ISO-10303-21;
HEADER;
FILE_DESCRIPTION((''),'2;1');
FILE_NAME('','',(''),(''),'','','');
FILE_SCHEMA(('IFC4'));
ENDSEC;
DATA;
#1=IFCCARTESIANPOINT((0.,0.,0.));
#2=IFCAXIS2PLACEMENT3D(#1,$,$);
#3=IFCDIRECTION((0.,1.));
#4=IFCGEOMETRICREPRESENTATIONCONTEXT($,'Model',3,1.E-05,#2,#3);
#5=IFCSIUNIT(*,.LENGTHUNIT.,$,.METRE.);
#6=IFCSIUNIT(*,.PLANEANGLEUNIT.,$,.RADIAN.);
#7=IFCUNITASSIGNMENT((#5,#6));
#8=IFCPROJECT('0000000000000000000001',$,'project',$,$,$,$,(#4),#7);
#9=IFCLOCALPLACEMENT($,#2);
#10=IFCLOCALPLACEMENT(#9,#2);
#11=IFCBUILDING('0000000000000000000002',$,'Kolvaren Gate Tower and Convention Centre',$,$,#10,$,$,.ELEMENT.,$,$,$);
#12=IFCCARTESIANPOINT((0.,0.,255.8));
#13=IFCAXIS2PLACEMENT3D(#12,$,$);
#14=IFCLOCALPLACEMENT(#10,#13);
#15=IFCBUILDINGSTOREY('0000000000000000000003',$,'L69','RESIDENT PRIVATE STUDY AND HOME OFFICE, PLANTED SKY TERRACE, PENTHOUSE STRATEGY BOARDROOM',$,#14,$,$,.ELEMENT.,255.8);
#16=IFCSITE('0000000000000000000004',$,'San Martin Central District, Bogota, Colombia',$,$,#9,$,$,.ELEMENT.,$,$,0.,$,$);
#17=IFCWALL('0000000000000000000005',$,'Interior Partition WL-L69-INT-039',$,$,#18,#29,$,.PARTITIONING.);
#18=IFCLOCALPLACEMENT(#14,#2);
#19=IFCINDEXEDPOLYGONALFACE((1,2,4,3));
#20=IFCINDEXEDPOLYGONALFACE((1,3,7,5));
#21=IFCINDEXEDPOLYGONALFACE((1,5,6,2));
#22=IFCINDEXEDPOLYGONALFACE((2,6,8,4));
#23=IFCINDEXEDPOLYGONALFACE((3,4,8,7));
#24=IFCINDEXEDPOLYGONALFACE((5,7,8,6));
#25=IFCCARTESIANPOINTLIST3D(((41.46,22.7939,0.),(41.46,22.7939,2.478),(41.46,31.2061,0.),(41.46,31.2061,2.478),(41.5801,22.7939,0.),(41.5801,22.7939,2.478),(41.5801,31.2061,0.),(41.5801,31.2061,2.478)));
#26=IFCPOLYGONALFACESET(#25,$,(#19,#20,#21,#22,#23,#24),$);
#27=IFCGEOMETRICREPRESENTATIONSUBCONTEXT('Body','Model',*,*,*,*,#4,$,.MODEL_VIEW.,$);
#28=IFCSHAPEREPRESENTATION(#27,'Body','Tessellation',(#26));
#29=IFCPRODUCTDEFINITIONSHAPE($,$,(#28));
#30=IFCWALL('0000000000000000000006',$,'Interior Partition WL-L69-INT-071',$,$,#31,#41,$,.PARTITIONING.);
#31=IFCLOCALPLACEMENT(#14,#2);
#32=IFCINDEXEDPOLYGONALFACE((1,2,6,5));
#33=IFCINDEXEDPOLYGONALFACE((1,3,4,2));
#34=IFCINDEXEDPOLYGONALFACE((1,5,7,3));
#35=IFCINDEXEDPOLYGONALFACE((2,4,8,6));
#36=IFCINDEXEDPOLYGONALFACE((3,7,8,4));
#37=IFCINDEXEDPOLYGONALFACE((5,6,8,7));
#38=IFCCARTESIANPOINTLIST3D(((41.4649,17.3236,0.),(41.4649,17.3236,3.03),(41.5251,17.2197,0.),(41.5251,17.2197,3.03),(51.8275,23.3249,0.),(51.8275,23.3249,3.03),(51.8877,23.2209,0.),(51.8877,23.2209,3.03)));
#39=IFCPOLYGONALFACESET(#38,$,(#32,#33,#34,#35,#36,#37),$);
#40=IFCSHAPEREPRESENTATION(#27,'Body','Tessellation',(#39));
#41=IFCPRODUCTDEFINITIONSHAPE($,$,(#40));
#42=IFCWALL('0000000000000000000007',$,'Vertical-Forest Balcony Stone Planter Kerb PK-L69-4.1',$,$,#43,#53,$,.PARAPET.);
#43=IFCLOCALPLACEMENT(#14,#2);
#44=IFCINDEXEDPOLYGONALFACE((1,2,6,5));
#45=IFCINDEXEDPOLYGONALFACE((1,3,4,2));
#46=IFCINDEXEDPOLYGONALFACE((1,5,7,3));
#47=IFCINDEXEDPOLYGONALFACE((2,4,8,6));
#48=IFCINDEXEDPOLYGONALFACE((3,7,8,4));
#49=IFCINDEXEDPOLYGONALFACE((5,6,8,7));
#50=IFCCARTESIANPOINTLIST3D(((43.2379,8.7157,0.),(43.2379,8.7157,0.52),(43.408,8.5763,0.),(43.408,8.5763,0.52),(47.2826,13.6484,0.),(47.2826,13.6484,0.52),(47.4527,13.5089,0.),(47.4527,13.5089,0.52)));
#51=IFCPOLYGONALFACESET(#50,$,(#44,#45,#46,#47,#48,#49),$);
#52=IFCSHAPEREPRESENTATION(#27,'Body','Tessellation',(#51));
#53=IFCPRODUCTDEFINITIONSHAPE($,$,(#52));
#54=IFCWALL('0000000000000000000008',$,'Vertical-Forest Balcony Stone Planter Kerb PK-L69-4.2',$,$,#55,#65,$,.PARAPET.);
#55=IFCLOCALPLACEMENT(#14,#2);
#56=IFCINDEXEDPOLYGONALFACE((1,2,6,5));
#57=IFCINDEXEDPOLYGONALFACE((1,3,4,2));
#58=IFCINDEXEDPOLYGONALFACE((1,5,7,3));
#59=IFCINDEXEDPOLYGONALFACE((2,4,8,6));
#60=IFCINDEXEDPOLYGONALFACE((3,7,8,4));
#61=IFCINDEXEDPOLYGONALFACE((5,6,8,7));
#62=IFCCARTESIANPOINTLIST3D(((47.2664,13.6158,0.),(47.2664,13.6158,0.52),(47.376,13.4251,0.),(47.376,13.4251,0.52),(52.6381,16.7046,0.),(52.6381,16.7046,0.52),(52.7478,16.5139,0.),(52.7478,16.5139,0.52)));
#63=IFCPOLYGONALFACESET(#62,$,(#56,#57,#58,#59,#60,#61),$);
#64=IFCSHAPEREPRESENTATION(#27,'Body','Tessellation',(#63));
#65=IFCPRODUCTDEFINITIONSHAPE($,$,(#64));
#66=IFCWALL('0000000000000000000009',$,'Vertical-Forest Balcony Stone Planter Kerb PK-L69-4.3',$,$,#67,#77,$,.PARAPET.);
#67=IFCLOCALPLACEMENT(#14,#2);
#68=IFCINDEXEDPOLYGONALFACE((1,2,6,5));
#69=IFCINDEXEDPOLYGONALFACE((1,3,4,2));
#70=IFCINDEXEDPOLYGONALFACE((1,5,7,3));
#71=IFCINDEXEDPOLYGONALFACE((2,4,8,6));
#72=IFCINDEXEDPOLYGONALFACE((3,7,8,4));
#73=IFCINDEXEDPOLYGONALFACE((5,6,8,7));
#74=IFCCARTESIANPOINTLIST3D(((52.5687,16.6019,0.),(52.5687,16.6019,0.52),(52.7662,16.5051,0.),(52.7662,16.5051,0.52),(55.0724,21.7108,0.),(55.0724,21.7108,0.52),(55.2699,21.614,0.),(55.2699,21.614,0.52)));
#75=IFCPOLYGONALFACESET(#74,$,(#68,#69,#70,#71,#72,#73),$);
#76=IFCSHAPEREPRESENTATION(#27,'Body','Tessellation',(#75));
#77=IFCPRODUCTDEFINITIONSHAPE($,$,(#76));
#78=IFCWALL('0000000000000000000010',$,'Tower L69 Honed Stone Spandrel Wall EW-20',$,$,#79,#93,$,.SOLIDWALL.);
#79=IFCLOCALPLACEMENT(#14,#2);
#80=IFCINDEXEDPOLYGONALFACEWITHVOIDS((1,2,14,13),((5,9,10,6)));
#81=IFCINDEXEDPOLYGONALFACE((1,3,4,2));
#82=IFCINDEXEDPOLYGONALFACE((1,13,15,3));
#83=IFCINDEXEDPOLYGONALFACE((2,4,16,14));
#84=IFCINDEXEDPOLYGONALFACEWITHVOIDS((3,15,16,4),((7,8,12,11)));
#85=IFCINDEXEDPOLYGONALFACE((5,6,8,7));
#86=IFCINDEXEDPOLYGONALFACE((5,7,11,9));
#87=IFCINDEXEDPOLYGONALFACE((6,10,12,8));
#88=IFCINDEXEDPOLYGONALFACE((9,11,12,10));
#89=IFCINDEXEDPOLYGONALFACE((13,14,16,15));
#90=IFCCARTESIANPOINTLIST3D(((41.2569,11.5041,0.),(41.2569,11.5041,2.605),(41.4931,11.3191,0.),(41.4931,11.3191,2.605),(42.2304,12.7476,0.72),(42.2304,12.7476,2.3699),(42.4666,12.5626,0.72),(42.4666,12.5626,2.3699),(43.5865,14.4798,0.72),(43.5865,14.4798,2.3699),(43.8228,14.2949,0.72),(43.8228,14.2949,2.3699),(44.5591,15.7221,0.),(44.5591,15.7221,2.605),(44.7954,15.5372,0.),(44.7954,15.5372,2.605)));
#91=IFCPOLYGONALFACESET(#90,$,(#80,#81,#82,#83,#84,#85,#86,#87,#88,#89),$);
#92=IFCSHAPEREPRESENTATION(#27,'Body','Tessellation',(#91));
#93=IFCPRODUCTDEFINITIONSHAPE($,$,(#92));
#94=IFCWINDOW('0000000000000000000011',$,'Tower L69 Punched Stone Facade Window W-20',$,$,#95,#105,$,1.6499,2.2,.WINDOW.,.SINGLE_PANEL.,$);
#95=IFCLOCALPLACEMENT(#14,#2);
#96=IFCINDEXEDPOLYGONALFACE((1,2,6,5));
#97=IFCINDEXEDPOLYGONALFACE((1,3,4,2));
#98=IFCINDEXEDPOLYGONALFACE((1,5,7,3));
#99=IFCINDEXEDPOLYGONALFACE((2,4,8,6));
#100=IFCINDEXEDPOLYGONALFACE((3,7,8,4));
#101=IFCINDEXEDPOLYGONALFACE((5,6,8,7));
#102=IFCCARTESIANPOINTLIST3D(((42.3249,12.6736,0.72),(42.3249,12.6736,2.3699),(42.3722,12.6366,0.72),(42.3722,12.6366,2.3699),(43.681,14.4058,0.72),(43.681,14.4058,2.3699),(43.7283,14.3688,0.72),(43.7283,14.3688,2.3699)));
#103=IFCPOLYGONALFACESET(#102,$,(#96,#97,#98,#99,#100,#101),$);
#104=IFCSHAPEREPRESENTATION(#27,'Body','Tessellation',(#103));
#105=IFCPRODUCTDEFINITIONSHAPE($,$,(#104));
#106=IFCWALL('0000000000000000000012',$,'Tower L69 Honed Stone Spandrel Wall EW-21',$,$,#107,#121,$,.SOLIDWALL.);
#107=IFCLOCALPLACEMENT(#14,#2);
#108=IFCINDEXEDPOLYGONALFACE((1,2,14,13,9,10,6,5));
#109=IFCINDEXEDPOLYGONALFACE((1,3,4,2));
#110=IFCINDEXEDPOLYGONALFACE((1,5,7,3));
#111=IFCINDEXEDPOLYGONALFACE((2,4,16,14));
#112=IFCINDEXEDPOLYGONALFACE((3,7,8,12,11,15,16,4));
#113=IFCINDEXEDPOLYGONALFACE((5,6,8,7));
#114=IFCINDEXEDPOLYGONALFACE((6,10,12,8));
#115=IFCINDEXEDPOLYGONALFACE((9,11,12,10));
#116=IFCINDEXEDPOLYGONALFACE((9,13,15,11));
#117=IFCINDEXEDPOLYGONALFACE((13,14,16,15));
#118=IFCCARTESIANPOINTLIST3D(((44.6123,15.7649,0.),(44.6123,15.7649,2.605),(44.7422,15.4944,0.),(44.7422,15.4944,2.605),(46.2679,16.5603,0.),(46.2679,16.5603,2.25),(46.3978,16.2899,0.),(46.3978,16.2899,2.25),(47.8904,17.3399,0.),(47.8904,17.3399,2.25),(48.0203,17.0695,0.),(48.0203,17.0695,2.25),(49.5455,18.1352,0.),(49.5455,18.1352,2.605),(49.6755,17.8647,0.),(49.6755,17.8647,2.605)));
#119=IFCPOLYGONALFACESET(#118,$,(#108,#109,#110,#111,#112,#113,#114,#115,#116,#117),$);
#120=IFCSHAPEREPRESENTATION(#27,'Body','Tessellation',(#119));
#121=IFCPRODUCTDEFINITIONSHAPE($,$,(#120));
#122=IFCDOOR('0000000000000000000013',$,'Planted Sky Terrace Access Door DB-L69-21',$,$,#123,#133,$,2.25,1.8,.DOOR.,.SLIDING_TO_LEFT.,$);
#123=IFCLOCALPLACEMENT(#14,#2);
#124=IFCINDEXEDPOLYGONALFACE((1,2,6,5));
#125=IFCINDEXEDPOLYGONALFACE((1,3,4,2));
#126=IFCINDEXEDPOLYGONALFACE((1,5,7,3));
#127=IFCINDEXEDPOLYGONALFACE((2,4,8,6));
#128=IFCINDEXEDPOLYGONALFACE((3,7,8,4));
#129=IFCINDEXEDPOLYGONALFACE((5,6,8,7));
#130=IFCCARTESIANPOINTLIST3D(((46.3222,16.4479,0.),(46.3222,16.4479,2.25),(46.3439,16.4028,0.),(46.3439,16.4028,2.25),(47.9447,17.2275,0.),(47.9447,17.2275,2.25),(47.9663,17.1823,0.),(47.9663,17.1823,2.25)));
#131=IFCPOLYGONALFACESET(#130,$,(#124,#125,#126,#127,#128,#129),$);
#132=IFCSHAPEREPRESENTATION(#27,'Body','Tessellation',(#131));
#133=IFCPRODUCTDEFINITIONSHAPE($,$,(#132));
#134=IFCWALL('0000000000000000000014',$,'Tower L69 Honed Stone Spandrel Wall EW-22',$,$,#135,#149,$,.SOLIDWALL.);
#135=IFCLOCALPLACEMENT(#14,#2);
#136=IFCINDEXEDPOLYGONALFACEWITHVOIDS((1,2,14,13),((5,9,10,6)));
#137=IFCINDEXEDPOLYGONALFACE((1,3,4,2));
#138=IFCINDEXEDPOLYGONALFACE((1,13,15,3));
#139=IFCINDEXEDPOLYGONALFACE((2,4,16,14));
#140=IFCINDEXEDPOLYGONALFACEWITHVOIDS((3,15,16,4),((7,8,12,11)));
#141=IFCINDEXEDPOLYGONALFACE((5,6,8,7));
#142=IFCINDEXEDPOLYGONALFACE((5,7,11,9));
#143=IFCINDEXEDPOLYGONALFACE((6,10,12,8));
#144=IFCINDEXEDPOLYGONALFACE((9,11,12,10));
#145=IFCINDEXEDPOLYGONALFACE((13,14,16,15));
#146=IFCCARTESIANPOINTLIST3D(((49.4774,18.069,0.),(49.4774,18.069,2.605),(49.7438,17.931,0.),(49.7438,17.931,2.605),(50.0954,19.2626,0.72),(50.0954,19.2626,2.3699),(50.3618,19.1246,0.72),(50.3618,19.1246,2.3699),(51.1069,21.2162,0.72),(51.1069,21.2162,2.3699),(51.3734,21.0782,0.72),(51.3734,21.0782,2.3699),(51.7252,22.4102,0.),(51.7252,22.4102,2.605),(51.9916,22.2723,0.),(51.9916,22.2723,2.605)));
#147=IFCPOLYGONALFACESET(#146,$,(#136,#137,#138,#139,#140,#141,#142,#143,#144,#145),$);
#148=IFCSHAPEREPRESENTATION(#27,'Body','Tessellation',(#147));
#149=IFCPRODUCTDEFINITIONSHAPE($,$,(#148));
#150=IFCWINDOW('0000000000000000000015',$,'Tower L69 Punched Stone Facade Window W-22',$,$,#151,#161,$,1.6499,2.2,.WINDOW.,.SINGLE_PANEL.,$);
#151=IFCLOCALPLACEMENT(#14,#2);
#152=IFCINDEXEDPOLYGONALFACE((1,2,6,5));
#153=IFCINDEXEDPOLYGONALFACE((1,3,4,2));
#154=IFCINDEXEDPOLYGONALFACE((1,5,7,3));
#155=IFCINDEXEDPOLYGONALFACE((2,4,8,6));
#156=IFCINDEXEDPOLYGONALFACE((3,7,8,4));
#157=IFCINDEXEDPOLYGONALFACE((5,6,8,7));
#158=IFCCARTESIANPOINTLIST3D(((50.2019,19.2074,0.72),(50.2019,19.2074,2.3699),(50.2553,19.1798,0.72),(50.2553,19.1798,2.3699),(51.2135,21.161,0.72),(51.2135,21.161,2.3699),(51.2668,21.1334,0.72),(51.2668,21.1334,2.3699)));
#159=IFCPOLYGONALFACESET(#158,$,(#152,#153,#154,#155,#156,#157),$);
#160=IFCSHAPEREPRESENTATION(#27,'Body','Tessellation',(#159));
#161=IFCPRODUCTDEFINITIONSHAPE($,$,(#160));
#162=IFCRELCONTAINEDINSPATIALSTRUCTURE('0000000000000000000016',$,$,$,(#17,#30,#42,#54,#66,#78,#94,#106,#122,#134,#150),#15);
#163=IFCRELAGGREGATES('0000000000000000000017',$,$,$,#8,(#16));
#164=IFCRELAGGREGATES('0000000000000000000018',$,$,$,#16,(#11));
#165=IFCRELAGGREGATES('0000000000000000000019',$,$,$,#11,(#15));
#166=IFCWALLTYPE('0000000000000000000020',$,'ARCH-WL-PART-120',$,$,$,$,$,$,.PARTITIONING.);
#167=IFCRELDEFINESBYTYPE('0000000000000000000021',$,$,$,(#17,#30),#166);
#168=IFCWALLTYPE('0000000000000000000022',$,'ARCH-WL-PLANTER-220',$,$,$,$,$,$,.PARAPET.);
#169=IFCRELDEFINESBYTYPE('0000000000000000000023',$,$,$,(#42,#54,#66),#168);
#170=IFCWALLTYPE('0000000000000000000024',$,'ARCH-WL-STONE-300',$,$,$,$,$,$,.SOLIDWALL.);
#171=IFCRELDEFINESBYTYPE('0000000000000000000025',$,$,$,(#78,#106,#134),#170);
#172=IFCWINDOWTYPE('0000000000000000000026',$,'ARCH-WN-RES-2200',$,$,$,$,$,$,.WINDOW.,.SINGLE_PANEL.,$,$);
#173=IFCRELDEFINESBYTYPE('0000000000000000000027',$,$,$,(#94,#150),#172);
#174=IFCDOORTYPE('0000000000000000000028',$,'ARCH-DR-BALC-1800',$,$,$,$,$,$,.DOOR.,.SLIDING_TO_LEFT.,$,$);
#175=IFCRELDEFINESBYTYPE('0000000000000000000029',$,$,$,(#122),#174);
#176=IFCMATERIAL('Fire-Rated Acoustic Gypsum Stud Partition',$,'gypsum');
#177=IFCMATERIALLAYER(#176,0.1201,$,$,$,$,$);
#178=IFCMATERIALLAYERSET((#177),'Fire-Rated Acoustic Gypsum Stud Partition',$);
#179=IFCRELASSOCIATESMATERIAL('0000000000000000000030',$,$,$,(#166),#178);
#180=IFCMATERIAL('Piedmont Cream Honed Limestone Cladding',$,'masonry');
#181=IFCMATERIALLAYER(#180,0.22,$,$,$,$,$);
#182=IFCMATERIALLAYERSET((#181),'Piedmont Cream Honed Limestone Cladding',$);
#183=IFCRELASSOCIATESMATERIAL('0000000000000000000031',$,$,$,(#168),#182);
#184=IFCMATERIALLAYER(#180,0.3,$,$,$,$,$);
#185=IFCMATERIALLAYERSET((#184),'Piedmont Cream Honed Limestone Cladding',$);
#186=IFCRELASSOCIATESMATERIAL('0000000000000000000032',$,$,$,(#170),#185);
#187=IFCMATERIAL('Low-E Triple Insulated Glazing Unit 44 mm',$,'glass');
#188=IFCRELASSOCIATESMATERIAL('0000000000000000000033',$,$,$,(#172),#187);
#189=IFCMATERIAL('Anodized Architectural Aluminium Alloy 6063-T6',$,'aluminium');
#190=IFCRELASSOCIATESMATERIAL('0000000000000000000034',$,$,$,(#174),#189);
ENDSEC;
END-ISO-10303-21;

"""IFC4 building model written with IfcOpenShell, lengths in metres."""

from ifc_helpers import new_model, si_unit, direction, frame, frame_2d, origin, place, context, subcontext, project, spatial, rectangle, extrude, material, layer, layer_set, type_object, element, fill, save


model = new_model("IFC4")

# Units and contexts
model_context = context("Model", 3, precision=1e-05, world=origin(), true_north=direction((0.0, 1.0)))
body_context = subcontext(model_context, "Body", "Model", "MODEL_VIEW")
ifc_project = project(units=[si_unit("LENGTHUNIT", "METRE"), si_unit("PLANEANGLEUNIT", "RADIAN")], contexts=[model_context])

# Site, building, storey
site_placement = place(None, origin())
site = spatial("IfcSite", under=ifc_project, at=site_placement, Name="San Martin Central District, Bogota, Colombia", CompositionType="ELEMENT", RefElevation=0.0)
building_placement = place(site_placement, origin())
building = spatial("IfcBuilding", under=site, at=building_placement, Name="Kolvaren Gate Tower and Convention Centre", CompositionType="ELEMENT")
storey_placement = place(building_placement, frame((0.0, 0.0, 255.8)))
storey = spatial("IfcBuildingStorey", under=building, at=storey_placement, Name="L69", Description="RESIDENT PRIVATE STUDY AND HOME OFFICE, PLANTED SKY TERRACE, PENTHOUSE STRATEGY BOARDROOM", CompositionType="ELEMENT", Elevation=255.8)

# Shared definitions
ifc_material_1 = material(Name="Fire-Rated Acoustic Gypsum Stud Partition", Category="gypsum")
ifc_layer_1 = layer(ifc_material_1, 0.1201)
ifc_layer_set_1 = layer_set([ifc_layer_1], Name="Fire-Rated Acoustic Gypsum Stud Partition")
wall_type_1 = type_object("IfcWallType", Name="ARCH-WL-PART-120", PredefinedType="PARTITIONING", material=ifc_layer_set_1)

# Walls
wall_1_placement = place(storey_placement, frame((41.52, 22.7939, 0.0), z_axis=(0.0, 0.0, 1.0), x_axis=(0.0, 1.0, 0.0)))
element("IfcWall", 1, at=wall_1_placement, inside=storey, type_object=wall_type_1, Name="Interior Partition WL-L69-INT-039", PredefinedType="PARTITIONING", context=body_context, shape_type="SweptSolid", body=[
    extrude(rectangle(XDim=8.4121, YDim=0.1201, at=frame_2d((4.2061, 0.0))), origin(), (0.0, 0.0, 1.0), 2.478),
])
wall_2_placement = place(storey_placement, frame((41.4951, 17.2717, 0.0), z_axis=(0.0, 0.0, 1.0), x_axis=(0.865359, 0.501152, 0.0)))
element("IfcWall", 2, at=wall_2_placement, inside=storey, type_object=wall_type_1, Name="Interior Partition WL-L69-INT-071", PredefinedType="PARTITIONING", context=body_context, shape_type="SweptSolid", body=[
    extrude(rectangle(XDim=11.9749, YDim=0.1201, at=frame_2d((5.9873, 0.0))), origin(), (0.0, 0.0, 1.0), 3.03),
])
ifc_material_2 = material(Name="Piedmont Cream Honed Limestone Cladding", Category="masonry")
ifc_layer_2 = layer(ifc_material_2, 0.22)
ifc_layer_set_2 = layer_set([ifc_layer_2], Name="Piedmont Cream Honed Limestone Cladding")
wall_type_2 = type_object("IfcWallType", Name="ARCH-WL-PLANTER-220", PredefinedType="PARAPET", material=ifc_layer_set_2)
wall_3_placement = place(storey_placement, frame((43.323, 8.646, 0.0), z_axis=(0.0, 0.0, 1.0), x_axis=(0.634073, 0.773273, 0.0)))
element("IfcWall", 3, at=wall_3_placement, inside=storey, type_object=wall_type_2, Name="Vertical-Forest Balcony Stone Planter Kerb PK-L69-4.1", PredefinedType="PARAPET", context=body_context, shape_type="SweptSolid", body=[
    extrude(rectangle(XDim=6.3789, YDim=0.22, at=frame_2d((3.1895, 0.0))), origin(), (0.0, 0.0, 1.0), 0.52),
])
wall_4_placement = place(storey_placement, frame((47.3213, 13.5205, 0.0), z_axis=(0.0, 0.0, 1.0), x_axis=(0.866902, 0.498479, 0.0)))
element("IfcWall", 4, at=wall_4_placement, inside=storey, type_object=wall_type_2, Name="Vertical-Forest Balcony Stone Planter Kerb PK-L69-4.2", PredefinedType="PARAPET", context=body_context, shape_type="SweptSolid", body=[
    extrude(rectangle(XDim=6.1965, YDim=0.22, at=frame_2d((3.0981, 0.0))), origin(), (0.0, 0.0, 1.0), 0.52),
])
wall_5_placement = place(storey_placement, frame((52.6675, 16.5535, 0.0), z_axis=(0.0, 0.0, 1.0), x_axis=(0.440059, 0.897969, 0.0)))
element("IfcWall", 5, at=wall_5_placement, inside=storey, type_object=wall_type_2, Name="Vertical-Forest Balcony Stone Planter Kerb PK-L69-4.3", PredefinedType="PARAPET", context=body_context, shape_type="SweptSolid", body=[
    extrude(rectangle(XDim=5.6895, YDim=0.22, at=frame_2d((2.8447, 0.0))), origin(), (0.0, 0.0, 1.0), 0.52),
])

# Wall, opening, window
ifc_layer_3 = layer(ifc_material_2, 0.3)
ifc_layer_set_3 = layer_set([ifc_layer_3], Name="Piedmont Cream Honed Limestone Cladding")
wall_type_3 = type_object("IfcWallType", Name="ARCH-WL-STONE-300", PredefinedType="SOLIDWALL", material=ifc_layer_set_3)
wall_6_placement = place(storey_placement, frame((41.375, 11.4116, 0.0), z_axis=(0.0, 0.0, 1.0), x_axis=(0.616446, 0.787397, 0.0)))
wall_6 = element("IfcWall", 6, at=wall_6_placement, inside=storey, type_object=wall_type_3, Name="Tower L69 Honed Stone Spandrel Wall EW-20", PredefinedType="SOLIDWALL", context=body_context, shape_type="SweptSolid", body=[
    extrude(rectangle(XDim=5.3569, YDim=0.3, at=frame_2d((2.6785, 0.0))), origin(), (0.0, 0.0, 1.0), 2.605),
])
opening_1_placement = place(wall_6_placement, frame((1.5791, 0.0, 0.72)))
opening_1 = element("IfcOpeningElement", 7, at=opening_1_placement, cuts=wall_6, PredefinedType="OPENING", context=body_context, shape_type="SweptSolid", body=[
    extrude(rectangle(XDim=2.2, YDim=1.6499, at=frame_2d((1.1001, 0.825))), frame((0.0, 0.1599, 0.0), z_axis=(0.0, -1.0, 0.0), x_axis=(1.0, 0.0, 0.0)), (0.0, 0.0, 1.0), 0.3201),
])
ifc_material_3 = material(Name="Low-E Triple Insulated Glazing Unit 44 mm", Category="glass")
window_type = type_object("IfcWindowType", Name="ARCH-WN-RES-2200", PartitioningType="SINGLE_PANEL", PredefinedType="WINDOW", material=ifc_material_3)
window_1_placement = place(opening_1_placement, origin())
window_1 = element("IfcWindow", 8, at=window_1_placement, inside=storey, type_object=window_type, Name="Tower L69 Punched Stone Facade Window W-20", OverallHeight=1.6499, OverallWidth=2.2, PartitioningType="SINGLE_PANEL", PredefinedType="WINDOW", context=body_context, shape_type="SweptSolid", body=[
    extrude(rectangle(XDim=2.2, YDim=1.6499, at=frame_2d((1.1001, 0.825))), frame((0.0, 0.03, 0.0), z_axis=(0.0, -1.0, 0.0), x_axis=(1.0, 0.0, 0.0)), (0.0, 0.0, 1.0), 0.0601),
])
fill(opening_1, window_1)

# Wall, opening, door
wall_7_placement = place(storey_placement, frame((44.6772, 15.6296, 0.0), z_axis=(0.0, 0.0, 1.0), x_axis=(0.901355, 0.433081, 0.0)))
wall_7 = element("IfcWall", 9, at=wall_7_placement, inside=storey, type_object=wall_type_3, Name="Tower L69 Honed Stone Spandrel Wall EW-21", PredefinedType="SOLIDWALL", context=body_context, shape_type="SweptSolid", body=[
    extrude(rectangle(XDim=5.4731, YDim=0.3, at=frame_2d((2.7366, 0.0))), origin(), (0.0, 0.0, 1.0), 2.605),
])
opening_2_placement = place(wall_7_placement, frame((1.8369, 0.0, 0.0)))
opening_2 = element("IfcOpeningElement", 10, at=opening_2_placement, cuts=wall_7, PredefinedType="OPENING", context=body_context, shape_type="SweptSolid", body=[
    extrude(rectangle(XDim=1.8, YDim=2.25, at=frame_2d((0.8999, 1.125))), frame((0.0, 0.1599, 0.0), z_axis=(0.0, -1.0, 0.0), x_axis=(1.0, 0.0, 0.0)), (0.0, 0.0, 1.0), 0.3201),
])
ifc_material_4 = material(Name="Anodized Architectural Aluminium Alloy 6063-T6", Category="aluminium")
door_type_1 = type_object("IfcDoorType", Name="ARCH-DR-BALC-1800", OperationType="SLIDING_TO_LEFT", PredefinedType="DOOR", material=ifc_material_4)
door_1_placement = place(opening_2_placement, frame((1.8, 0.0, 0.0), z_axis=(0.0, 0.0, 1.0), x_axis=(-1.0, 0.0, 0.0)))
door_1 = element("IfcDoor", 11, at=door_1_placement, inside=storey, type_object=door_type_1, Name="Planted Sky Terrace Access Door DB-L69-21", OperationType="SLIDING_TO_LEFT", OverallHeight=2.25, OverallWidth=1.8, PredefinedType="DOOR", context=body_context, shape_type="SweptSolid", body=[
    extrude(rectangle(XDim=1.8, YDim=2.25, at=frame_2d((0.8999, 1.125))), frame((0.0, 0.0249, 0.0), z_axis=(0.0, -1.0, 0.0), x_axis=(1.0, 0.0, 0.0)), (0.0, 0.0, 1.0), 0.05),
])
fill(opening_2, door_1)

# Wall, opening, window
wall_8_placement = place(storey_placement, frame((49.6106, 18.0, 0.0), z_axis=(0.0, 0.0, 1.0), x_axis=(0.459794, 0.888026, 0.0)))
wall_8 = element("IfcWall", 12, at=wall_8_placement, inside=storey, type_object=wall_type_3, Name="Tower L69 Honed Stone Spandrel Wall EW-22", PredefinedType="SOLIDWALL", context=body_context, shape_type="SweptSolid", body=[
    extrude(rectangle(XDim=4.8887, YDim=0.3, at=frame_2d((2.4443, 0.0))), origin(), (0.0, 0.0, 1.0), 2.605),
])
opening_3_placement = place(wall_8_placement, frame((1.344, 0.0, 0.72)))
opening_3 = element("IfcOpeningElement", 13, at=opening_3_placement, cuts=wall_8, PredefinedType="OPENING", context=body_context, shape_type="SweptSolid", body=[
    extrude(rectangle(XDim=2.2, YDim=1.6499, at=frame_2d((1.1001, 0.825))), frame((0.0, 0.1599, 0.0), z_axis=(0.0, -1.0, 0.0), x_axis=(1.0, 0.0, 0.0)), (0.0, 0.0, 1.0), 0.3201),
])
window_2_placement = place(opening_3_placement, origin())
window_2 = element("IfcWindow", 14, at=window_2_placement, inside=storey, type_object=window_type, Name="Tower L69 Punched Stone Facade Window W-22", OverallHeight=1.6499, OverallWidth=2.2, PartitioningType="SINGLE_PANEL", PredefinedType="WINDOW", context=body_context, shape_type="SweptSolid", body=[
    extrude(rectangle(XDim=2.2, YDim=1.6499, at=frame_2d((1.1001, 0.825))), frame((0.0, 0.03, 0.0), z_axis=(0.0, -1.0, 0.0), x_axis=(1.0, 0.0, 0.0)), (0.0, 0.0, 1.0), 0.0601),
])
fill(opening_3, window_2)

save(model, "model.ifc")
